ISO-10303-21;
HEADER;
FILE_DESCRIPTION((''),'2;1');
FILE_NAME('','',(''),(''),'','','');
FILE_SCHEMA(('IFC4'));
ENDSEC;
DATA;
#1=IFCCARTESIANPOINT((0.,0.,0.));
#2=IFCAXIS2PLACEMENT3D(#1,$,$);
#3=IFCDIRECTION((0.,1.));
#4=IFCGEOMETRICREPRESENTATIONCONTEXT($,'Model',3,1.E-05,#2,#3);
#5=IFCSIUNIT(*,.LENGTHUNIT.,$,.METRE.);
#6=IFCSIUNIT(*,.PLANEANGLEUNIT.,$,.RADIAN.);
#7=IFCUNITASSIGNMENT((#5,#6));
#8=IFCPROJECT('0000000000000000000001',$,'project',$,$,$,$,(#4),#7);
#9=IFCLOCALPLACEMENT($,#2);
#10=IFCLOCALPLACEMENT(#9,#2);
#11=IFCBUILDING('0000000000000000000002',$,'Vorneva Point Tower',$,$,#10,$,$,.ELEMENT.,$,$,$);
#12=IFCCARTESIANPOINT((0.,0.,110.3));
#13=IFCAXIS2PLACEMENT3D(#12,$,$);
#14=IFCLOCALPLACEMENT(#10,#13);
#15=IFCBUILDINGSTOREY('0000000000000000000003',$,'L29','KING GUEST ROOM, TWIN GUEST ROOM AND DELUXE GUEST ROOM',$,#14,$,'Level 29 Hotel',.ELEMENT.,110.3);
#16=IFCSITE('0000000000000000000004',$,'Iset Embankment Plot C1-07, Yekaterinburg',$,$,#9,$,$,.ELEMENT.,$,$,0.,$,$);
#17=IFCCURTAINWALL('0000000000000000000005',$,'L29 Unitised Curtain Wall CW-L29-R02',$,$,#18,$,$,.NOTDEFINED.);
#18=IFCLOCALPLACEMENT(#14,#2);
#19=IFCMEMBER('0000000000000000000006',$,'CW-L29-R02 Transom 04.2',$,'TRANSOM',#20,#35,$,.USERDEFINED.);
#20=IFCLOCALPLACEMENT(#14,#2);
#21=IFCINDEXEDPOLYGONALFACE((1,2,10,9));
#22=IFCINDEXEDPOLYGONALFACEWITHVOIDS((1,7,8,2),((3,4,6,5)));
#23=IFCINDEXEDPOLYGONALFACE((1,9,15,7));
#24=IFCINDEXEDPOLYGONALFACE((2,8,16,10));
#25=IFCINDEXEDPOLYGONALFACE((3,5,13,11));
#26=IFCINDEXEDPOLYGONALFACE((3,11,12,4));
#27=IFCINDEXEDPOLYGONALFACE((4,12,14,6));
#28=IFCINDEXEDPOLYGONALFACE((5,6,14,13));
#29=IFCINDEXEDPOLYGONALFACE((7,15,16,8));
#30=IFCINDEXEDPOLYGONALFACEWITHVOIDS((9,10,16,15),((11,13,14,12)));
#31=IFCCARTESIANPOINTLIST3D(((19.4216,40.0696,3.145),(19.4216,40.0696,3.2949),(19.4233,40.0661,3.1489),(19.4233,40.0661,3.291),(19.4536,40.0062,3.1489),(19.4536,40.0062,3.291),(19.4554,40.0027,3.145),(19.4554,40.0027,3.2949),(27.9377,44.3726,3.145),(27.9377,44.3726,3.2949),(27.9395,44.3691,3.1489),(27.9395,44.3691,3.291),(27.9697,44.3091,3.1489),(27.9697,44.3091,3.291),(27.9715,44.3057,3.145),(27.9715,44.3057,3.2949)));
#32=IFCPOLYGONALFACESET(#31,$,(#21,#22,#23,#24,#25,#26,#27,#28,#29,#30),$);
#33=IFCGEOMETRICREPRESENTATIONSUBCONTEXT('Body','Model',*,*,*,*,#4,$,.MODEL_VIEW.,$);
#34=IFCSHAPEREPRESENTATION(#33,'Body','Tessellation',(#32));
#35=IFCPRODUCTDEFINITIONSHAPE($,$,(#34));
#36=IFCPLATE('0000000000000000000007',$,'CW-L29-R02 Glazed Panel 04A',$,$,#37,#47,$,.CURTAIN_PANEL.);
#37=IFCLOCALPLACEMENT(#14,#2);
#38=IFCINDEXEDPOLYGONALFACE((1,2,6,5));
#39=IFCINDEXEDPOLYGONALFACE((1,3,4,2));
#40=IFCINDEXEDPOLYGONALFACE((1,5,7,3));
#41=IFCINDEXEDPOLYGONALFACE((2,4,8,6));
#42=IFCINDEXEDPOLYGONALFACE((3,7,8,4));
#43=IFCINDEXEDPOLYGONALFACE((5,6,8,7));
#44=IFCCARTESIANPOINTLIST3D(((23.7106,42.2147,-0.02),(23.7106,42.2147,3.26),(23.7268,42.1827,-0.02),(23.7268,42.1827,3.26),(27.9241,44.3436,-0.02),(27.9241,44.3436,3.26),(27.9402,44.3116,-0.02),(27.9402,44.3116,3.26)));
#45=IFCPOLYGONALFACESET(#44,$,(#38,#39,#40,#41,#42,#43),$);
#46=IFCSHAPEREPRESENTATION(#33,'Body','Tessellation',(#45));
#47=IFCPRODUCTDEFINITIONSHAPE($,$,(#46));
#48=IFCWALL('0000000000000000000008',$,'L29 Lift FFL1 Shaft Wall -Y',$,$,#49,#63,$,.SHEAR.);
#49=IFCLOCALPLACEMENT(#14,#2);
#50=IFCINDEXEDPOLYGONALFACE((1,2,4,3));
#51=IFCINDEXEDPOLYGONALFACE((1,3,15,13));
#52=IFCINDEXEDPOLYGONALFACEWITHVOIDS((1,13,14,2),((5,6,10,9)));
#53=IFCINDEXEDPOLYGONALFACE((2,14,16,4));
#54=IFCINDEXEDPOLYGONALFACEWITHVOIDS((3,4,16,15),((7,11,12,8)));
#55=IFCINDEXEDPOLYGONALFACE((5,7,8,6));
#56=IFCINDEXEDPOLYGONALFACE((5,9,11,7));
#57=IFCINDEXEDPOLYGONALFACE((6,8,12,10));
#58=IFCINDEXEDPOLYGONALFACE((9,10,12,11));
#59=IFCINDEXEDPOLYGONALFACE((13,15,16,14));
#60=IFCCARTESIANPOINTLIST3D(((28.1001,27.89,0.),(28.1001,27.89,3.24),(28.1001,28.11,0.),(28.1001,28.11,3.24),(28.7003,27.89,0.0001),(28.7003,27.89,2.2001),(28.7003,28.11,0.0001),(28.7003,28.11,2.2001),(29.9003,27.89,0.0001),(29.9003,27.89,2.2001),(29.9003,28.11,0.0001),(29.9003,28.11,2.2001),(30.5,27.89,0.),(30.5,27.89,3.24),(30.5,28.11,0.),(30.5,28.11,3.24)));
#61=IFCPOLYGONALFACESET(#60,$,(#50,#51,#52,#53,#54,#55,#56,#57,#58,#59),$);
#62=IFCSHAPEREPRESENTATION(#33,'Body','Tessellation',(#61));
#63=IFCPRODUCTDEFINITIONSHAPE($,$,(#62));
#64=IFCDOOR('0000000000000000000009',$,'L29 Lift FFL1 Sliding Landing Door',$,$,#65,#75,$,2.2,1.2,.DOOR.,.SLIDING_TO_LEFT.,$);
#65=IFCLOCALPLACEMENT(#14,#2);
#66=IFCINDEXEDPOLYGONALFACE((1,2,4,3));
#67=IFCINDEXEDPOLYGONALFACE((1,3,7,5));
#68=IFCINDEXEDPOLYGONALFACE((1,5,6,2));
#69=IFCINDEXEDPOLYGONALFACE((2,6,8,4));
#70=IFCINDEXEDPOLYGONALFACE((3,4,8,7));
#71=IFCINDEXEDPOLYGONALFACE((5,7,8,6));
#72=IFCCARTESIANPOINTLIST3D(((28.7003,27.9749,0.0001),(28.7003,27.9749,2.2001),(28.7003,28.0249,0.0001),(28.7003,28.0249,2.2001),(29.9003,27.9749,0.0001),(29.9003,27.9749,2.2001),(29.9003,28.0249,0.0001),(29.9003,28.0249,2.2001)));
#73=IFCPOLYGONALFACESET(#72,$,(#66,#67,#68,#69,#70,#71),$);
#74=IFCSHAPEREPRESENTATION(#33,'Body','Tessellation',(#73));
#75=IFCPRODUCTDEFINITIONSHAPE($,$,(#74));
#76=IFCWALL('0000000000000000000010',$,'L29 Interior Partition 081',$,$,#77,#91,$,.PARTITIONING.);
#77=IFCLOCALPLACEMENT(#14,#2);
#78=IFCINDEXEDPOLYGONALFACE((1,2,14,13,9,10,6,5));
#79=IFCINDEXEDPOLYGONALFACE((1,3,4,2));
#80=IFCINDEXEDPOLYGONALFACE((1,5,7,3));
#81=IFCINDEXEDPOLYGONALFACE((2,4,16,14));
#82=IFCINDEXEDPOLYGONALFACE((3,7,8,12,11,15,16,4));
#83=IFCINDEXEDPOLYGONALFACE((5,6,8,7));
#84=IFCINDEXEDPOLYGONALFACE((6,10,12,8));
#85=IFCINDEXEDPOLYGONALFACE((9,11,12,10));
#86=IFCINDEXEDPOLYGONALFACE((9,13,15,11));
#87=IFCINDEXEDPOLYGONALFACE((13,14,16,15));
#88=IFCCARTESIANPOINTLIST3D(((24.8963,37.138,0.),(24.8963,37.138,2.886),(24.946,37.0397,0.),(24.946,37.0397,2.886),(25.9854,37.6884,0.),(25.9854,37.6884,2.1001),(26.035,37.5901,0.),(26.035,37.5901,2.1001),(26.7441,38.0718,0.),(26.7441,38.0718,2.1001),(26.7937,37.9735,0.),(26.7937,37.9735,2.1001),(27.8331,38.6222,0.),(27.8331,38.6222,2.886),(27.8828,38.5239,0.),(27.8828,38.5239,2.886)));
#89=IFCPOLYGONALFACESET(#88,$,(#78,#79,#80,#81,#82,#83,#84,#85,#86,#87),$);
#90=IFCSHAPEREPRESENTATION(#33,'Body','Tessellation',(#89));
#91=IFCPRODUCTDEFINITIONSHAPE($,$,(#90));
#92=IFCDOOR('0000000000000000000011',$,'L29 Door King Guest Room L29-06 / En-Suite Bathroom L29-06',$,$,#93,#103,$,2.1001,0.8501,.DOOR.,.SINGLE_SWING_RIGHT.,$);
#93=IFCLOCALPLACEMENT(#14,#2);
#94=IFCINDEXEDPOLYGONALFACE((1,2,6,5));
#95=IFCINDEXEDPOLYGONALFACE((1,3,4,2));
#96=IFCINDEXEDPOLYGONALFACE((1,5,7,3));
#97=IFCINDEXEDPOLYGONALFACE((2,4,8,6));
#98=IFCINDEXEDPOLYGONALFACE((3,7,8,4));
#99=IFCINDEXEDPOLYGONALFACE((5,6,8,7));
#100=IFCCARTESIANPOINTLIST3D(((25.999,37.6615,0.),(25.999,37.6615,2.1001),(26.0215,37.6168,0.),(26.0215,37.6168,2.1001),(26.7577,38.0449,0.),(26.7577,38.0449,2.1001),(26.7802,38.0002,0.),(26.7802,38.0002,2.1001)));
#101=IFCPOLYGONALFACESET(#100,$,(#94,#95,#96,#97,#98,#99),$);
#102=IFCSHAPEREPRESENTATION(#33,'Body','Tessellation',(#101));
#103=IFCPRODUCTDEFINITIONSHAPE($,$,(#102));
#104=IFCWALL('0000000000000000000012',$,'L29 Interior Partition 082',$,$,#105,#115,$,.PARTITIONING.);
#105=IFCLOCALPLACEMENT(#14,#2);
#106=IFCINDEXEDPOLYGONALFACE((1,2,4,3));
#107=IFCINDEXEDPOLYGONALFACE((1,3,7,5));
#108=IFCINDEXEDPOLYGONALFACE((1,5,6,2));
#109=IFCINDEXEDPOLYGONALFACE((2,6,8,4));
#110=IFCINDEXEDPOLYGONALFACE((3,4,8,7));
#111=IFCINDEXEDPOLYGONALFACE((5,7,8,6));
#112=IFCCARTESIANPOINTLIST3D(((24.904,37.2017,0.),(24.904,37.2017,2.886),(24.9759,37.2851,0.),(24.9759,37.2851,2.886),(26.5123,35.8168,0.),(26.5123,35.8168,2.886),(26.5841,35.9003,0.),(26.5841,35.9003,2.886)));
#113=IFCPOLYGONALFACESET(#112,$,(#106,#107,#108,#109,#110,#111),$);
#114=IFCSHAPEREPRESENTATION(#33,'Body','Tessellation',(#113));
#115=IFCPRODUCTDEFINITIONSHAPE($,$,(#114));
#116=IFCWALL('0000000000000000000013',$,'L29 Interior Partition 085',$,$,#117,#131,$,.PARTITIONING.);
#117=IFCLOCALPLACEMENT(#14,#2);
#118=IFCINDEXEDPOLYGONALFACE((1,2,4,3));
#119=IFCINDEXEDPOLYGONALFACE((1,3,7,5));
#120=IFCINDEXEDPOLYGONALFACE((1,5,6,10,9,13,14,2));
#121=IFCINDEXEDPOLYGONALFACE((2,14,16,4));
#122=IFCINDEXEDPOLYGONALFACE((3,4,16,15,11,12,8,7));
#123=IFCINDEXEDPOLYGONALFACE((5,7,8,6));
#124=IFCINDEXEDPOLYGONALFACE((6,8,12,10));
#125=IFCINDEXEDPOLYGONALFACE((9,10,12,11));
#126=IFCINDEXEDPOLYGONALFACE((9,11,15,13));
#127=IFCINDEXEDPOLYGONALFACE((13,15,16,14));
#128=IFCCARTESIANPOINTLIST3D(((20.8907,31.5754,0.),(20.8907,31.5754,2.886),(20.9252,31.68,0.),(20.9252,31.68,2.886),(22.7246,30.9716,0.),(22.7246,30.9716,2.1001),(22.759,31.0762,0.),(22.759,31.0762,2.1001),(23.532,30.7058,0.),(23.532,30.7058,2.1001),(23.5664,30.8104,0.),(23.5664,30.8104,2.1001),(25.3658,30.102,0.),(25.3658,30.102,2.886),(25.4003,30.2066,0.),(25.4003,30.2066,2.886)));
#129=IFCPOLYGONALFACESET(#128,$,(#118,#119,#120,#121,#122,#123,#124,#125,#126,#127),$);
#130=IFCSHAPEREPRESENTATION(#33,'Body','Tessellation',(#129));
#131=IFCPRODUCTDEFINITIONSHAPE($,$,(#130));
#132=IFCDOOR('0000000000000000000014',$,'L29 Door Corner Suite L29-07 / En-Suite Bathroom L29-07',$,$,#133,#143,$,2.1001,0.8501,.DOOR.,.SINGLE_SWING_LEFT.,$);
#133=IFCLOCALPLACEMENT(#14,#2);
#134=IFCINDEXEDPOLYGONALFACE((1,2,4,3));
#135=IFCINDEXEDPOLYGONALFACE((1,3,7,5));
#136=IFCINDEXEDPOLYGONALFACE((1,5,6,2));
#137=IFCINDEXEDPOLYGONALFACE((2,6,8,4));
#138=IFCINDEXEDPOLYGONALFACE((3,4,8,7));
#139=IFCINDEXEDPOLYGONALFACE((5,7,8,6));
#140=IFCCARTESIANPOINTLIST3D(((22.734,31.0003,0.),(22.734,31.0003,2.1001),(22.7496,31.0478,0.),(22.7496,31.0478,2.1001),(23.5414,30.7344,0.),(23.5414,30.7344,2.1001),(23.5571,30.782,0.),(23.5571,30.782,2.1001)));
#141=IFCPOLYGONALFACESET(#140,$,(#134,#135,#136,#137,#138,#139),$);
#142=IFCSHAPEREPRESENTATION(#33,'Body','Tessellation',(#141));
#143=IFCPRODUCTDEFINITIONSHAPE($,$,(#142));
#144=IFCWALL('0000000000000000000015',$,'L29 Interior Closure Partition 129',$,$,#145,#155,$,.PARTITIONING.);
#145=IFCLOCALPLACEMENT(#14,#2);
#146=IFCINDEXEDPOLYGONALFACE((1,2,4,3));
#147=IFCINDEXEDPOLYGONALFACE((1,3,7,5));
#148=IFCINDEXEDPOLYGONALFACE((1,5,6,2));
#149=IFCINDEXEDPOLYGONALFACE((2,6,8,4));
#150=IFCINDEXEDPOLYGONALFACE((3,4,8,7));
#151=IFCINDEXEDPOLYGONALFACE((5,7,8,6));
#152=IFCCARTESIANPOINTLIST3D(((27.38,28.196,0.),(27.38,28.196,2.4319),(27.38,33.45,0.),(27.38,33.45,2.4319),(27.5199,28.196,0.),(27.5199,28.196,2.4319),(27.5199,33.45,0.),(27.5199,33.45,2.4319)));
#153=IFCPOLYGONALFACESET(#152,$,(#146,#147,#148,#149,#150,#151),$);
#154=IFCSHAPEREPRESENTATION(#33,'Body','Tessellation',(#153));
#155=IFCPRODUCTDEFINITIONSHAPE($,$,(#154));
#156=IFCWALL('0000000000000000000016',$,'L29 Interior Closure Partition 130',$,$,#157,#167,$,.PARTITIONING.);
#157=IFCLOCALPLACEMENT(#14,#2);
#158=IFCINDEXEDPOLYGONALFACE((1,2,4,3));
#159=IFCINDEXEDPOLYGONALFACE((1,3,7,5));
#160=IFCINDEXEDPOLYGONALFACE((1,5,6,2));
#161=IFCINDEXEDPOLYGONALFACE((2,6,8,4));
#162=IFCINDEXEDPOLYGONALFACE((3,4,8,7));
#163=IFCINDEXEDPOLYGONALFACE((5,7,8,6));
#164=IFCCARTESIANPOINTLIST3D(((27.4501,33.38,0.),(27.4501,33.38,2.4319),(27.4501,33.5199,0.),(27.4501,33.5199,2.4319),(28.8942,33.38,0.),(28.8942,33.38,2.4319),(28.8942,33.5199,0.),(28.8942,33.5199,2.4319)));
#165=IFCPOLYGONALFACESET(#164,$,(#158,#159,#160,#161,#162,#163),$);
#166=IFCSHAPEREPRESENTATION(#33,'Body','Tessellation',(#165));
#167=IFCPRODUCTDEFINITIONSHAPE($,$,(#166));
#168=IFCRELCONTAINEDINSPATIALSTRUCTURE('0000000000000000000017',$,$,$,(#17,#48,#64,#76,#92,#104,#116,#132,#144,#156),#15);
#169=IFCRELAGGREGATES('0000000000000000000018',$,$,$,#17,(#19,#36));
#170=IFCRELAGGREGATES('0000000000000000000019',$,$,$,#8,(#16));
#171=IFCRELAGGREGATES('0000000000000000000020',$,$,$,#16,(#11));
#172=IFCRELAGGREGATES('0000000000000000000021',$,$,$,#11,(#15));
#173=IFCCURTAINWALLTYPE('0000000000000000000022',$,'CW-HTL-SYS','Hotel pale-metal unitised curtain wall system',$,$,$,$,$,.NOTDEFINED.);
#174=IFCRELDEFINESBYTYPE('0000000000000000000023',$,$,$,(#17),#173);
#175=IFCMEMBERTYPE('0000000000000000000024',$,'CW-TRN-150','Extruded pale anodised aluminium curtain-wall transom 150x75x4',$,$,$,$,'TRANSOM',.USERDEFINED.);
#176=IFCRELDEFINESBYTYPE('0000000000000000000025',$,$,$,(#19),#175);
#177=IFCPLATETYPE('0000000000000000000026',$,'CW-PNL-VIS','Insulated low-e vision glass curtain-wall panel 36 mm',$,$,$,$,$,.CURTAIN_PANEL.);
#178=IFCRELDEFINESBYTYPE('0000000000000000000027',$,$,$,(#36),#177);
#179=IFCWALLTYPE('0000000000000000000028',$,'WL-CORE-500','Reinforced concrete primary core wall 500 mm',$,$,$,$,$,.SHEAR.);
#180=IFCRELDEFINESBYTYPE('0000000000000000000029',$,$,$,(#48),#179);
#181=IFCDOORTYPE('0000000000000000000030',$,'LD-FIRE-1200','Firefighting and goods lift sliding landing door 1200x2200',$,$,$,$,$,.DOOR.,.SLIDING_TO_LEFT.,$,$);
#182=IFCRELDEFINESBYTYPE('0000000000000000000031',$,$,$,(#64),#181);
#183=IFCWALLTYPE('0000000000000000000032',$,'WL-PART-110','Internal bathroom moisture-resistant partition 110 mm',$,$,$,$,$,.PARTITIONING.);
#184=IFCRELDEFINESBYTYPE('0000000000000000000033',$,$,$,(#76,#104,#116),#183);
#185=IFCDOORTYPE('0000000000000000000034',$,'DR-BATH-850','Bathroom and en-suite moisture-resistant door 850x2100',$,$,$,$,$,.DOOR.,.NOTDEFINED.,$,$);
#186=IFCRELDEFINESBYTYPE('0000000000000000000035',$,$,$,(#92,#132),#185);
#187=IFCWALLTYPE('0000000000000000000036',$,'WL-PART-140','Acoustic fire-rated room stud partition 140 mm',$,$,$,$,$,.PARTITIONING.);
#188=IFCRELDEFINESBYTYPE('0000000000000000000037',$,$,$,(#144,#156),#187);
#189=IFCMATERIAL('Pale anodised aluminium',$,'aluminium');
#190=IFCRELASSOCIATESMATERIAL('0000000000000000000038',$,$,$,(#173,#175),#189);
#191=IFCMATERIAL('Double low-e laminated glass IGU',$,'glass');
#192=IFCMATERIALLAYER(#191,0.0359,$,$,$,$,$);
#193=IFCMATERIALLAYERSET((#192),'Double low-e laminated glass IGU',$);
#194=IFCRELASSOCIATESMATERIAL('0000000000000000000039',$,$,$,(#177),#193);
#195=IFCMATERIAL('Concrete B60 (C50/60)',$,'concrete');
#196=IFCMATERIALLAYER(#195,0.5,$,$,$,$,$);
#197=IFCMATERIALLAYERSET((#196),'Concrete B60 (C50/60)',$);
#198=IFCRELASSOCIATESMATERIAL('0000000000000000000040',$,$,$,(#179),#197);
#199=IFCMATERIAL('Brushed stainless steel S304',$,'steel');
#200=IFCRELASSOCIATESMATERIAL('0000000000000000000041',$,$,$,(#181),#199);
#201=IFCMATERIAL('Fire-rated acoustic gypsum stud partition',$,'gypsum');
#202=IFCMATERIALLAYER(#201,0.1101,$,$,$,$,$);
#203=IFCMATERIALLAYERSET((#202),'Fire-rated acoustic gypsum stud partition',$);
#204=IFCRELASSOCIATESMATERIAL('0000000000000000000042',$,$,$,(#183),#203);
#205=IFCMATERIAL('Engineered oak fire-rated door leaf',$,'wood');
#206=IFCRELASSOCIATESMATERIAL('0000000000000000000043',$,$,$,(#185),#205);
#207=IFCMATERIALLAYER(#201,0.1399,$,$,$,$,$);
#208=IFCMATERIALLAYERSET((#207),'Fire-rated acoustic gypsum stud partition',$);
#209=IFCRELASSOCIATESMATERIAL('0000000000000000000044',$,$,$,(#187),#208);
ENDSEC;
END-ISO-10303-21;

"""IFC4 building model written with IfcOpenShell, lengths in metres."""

from ifc_helpers import new_model, si_unit, direction, frame, frame_2d, origin, origin_2d, place, context, subcontext, project, spatial, rectangle, hollow_rectangle, extrude, material, layer, layer_set, material_profile, profile_set, type_object, element, fill, aggregate, save


model = new_model("IFC4")

# Units and contexts
model_context = context("Model", 3, precision=1e-05, world=origin(), true_north=direction((0.0, 1.0)))
body_context = subcontext(model_context, "Body", "Model", "MODEL_VIEW")
ifc_project = project(units=[si_unit("LENGTHUNIT", "METRE"), si_unit("PLANEANGLEUNIT", "RADIAN")], contexts=[model_context])

# Site, building, storey
site_placement = place(None, origin())
site = spatial("IfcSite", under=ifc_project, at=site_placement, Name="Iset Embankment Plot C1-07, Yekaterinburg", CompositionType="ELEMENT", RefElevation=0.0)
building_placement = place(site_placement, origin())
building = spatial("IfcBuilding", under=site, at=building_placement, Name="Vorneva Point Tower", CompositionType="ELEMENT")
storey_placement = place(building_placement, frame((0.0, 0.0, 110.3)))
storey = spatial("IfcBuildingStorey", under=building, at=storey_placement, Name="L29", Description="KING GUEST ROOM, TWIN GUEST ROOM AND DELUXE GUEST ROOM", LongName="Level 29 Hotel", CompositionType="ELEMENT", Elevation=110.3)

# Shared definitions
ifc_material_1 = material(Name="Concrete B60 (C50/60)", Category="concrete")

# Curtain wall, member, plate
ifc_material_2 = material(Name="Pale anodised aluminium", Category="aluminium")
curtain_wall_type = type_object("IfcCurtainWallType", Name="CW-HTL-SYS", Description="Hotel pale-metal unitised curtain wall system", PredefinedType="NOTDEFINED", material=ifc_material_2)
curtain_wall_placement = place(storey_placement, origin())
curtain_wall = element("IfcCurtainWall", 1, at=curtain_wall_placement, inside=storey, type_object=curtain_wall_type, Name="L29 Unitised Curtain Wall CW-L29-R02", PredefinedType="NOTDEFINED")
ifc_material_profile_1 = material_profile(ifc_material_2, hollow_rectangle(XDim=0.075, YDim=0.1499, WallThickness=0.0039, at=origin_2d()), Name="AL-TRN 150x75x4")
ifc_profile_set_1 = profile_set([ifc_material_profile_1], Name="Pale anodised aluminium")
member_type_1 = type_object("IfcMemberType", Name="CW-TRN-150", Description="Extruded pale anodised aluminium curtain-wall transom 150x75x4", ElementType="TRANSOM", PredefinedType="USERDEFINED", material=ifc_profile_set_1)
member_1_placement = place(storey_placement, frame((27.9546, 44.3391, 3.22), z_axis=(-0.892536, -0.450976, 0.0), x_axis=(0.450976, -0.892536, 0.0)))
member_1 = element("IfcMember", 2, at=member_1_placement, type_object=member_type_1, Name="CW-L29-R02 Transom 04.2", ObjectType="TRANSOM", PredefinedType="USERDEFINED", context=body_context, shape_type="SweptSolid", body=[
    extrude(hollow_rectangle(XDim=0.075, YDim=0.1499, WallThickness=0.0039, at=origin_2d()), origin(), (0.0, 0.0, 1.0), 9.5415),
])
ifc_material_3 = material(Name="Double low-e laminated glass IGU", Category="glass")
ifc_layer_1 = layer(ifc_material_3, 0.0359)
ifc_layer_set_1 = layer_set([ifc_layer_1], Name="Double low-e laminated glass IGU")
plate_type = type_object("IfcPlateType", Name="CW-PNL-VIS", Description="Insulated low-e vision glass curtain-wall panel 36 mm", PredefinedType="CURTAIN_PANEL", material=ifc_layer_set_1)
plate_placement = place(storey_placement, frame((25.8254, 43.2632, -0.02), z_axis=(0.0, 0.0, 1.0), x_axis=(-0.892539, -0.450971, 0.0)))
plate = element("IfcPlate", 3, at=plate_placement, type_object=plate_type, Name="CW-L29-R02 Glazed Panel 04A", PredefinedType="CURTAIN_PANEL", context=body_context, shape_type="SweptSolid", body=[
    extrude(rectangle(XDim=4.7207, YDim=0.0359, at=origin_2d()), origin(), (0.0, 0.0, 1.0), 3.28),
])
aggregate(curtain_wall, [member_1, plate])

# Walls, openings, doors
ifc_layer_2 = layer(ifc_material_1, 0.5)
ifc_layer_set_2 = layer_set([ifc_layer_2], Name="Concrete B60 (C50/60)")
wall_type_1 = type_object("IfcWallType", Name="WL-CORE-500", Description="Reinforced concrete primary core wall 500 mm", PredefinedType="SHEAR", material=ifc_layer_set_2)
wall_1_placement = place(storey_placement, frame((28.1001, 28.0, 0.0), z_axis=(0.0, 0.0, 1.0), x_axis=(1.0, 0.0, 0.0)))
wall_1 = element("IfcWall", 4, at=wall_1_placement, inside=storey, type_object=wall_type_1, Name="L29 Lift FFL1 Shaft Wall -Y", PredefinedType="SHEAR", context=body_context, shape_type="SweptSolid", body=[
    extrude(rectangle(XDim=2.3999, YDim=0.22, at=frame_2d((1.2, 0.0))), origin(), (0.0, 0.0, 1.0), 3.24),
])
opening_1_placement = place(wall_1_placement, frame((0.6001, 0.0, 0.0)))
opening_1 = element("IfcOpeningElement", 5, at=opening_1_placement, cuts=wall_1, PredefinedType="OPENING", context=body_context, shape_type="SweptSolid", body=[
    extrude(rectangle(XDim=1.2, YDim=2.2, at=frame_2d((0.6001, 1.1001))), frame((0.0, 0.125, 0.0), z_axis=(0.0, -1.0, 0.0), x_axis=(1.0, 0.0, 0.0)), (0.0, 0.0, 1.0), 0.2498),
])
ifc_material_4 = material(Name="Brushed stainless steel S304", Category="steel")
door_type_1 = type_object("IfcDoorType", Name="LD-FIRE-1200", Description="Firefighting and goods lift sliding landing door 1200x2200", OperationType="SLIDING_TO_LEFT", PredefinedType="DOOR", material=ifc_material_4)
door_1_placement = place(opening_1_placement, origin())
door_1 = element("IfcDoor", 6, at=door_1_placement, inside=storey, type_object=door_type_1, Name="L29 Lift FFL1 Sliding Landing Door", OperationType="SLIDING_TO_LEFT", OverallHeight=2.2, OverallWidth=1.2, PredefinedType="DOOR", context=body_context, shape_type="SweptSolid", body=[
    extrude(rectangle(XDim=1.2, YDim=2.2, at=frame_2d((0.6001, 1.1001))), frame((0.0, 0.0249, 0.0), z_axis=(0.0, -1.0, 0.0), x_axis=(1.0, 0.0, 0.0)), (0.0, 0.0, 1.0), 0.05),
])
fill(opening_1, door_1)
ifc_material_5 = material(Name="Fire-rated acoustic gypsum stud partition", Category="gypsum")
ifc_layer_3 = layer(ifc_material_5, 0.1101)
ifc_layer_set_3 = layer_set([ifc_layer_3], Name="Fire-rated acoustic gypsum stud partition")
wall_type_2 = type_object("IfcWallType", Name="WL-PART-110", Description="Internal bathroom moisture-resistant partition 110 mm", PredefinedType="PARTITIONING", material=ifc_layer_set_3)
wall_2_placement = place(storey_placement, frame((24.9211, 37.0889, 0.0), z_axis=(0.0, 0.0, 1.0), x_axis=(0.892505, 0.451038, 0.0)))
wall_2 = element("IfcWall", 7, at=wall_2_placement, inside=storey, type_object=wall_type_2, Name="L29 Interior Partition 081", PredefinedType="PARTITIONING", context=body_context, shape_type="SweptSolid", body=[
    extrude(rectangle(XDim=3.2905, YDim=0.1101, at=frame_2d((1.6453, 0.0))), origin(), (0.0, 0.0, 1.0), 2.886),
])
opening_2_placement = place(wall_2_placement, frame((1.2202, 0.0, 0.0)))
opening_2 = element("IfcOpeningElement", 8, at=opening_2_placement, cuts=wall_2, PredefinedType="OPENING", context=body_context, shape_type="SweptSolid", body=[
    extrude(rectangle(XDim=0.8501, YDim=2.1001, at=frame_2d((0.425, 1.05))), frame((0.0, 0.0698, 0.0), z_axis=(0.0, -1.0, 0.0), x_axis=(1.0, 0.0, 0.0)), (0.0, 0.0, 1.0), 0.1399),
])
ifc_material_6 = material(Name="Engineered oak fire-rated door leaf", Category="wood")
door_type_2 = type_object("IfcDoorType", Name="DR-BATH-850", Description="Bathroom and en-suite moisture-resistant door 850x2100", OperationType="NOTDEFINED", PredefinedType="DOOR", material=ifc_material_6)
door_2_placement = place(opening_2_placement, origin())
door_2 = element("IfcDoor", 9, at=door_2_placement, inside=storey, type_object=door_type_2, Name="L29 Door King Guest Room L29-06 / En-Suite Bathroom L29-06", OperationType="SINGLE_SWING_RIGHT", OverallHeight=2.1001, OverallWidth=0.8501, PredefinedType="DOOR", context=body_context, shape_type="SweptSolid", body=[
    extrude(rectangle(XDim=0.8501, YDim=2.1001, at=frame_2d((0.425, 1.05))), frame((0.0, 0.0249, 0.0), z_axis=(0.0, -1.0, 0.0), x_axis=(1.0, 0.0, 0.0)), (0.0, 0.0, 1.0), 0.05),
])
fill(opening_2, door_2)

# Wall
wall_3_placement = place(storey_placement, frame((26.5481, 35.8586, 0.0), z_axis=(0.0, 0.0, 1.0), x_axis=(-0.757777, 0.652514, 0.0)))
element("IfcWall", 10, at=wall_3_placement, inside=storey, type_object=wall_type_2, Name="L29 Interior Partition 082", PredefinedType="PARTITIONING", context=body_context, shape_type="SweptSolid", body=[
    extrude(rectangle(XDim=2.1223, YDim=0.1101, at=frame_2d((1.061, 0.0))), origin(), (0.0, 0.0, 1.0), 2.886),
])

# Wall, opening, door
wall_4_placement = place(storey_placement, frame((25.3831, 30.1543, 0.0), z_axis=(0.0, 0.0, 1.0), x_axis=(-0.949843, 0.312728, 0.0)))
wall_4 = element("IfcWall", 11, at=wall_4_placement, inside=storey, type_object=wall_type_2, Name="L29 Interior Partition 085", PredefinedType="PARTITIONING", context=body_context, shape_type="SweptSolid", body=[
    extrude(rectangle(XDim=4.7114, YDim=0.1101, at=frame_2d((2.3557, 0.0))), origin(), (0.0, 0.0, 1.0), 2.886),
])
opening_3_placement = place(wall_4_placement, frame((1.9307, 0.0, 0.0)))
opening_3 = element("IfcOpeningElement", 12, at=opening_3_placement, cuts=wall_4, PredefinedType="OPENING", context=body_context, shape_type="SweptSolid", body=[
    extrude(rectangle(XDim=0.8501, YDim=2.1001, at=frame_2d((0.425, 1.05))), frame((0.0, 0.0698, 0.0), z_axis=(0.0, -1.0, 0.0), x_axis=(1.0, 0.0, 0.0)), (0.0, 0.0, 1.0), 0.1399),
])
door_3_placement = place(opening_3_placement, origin())
door_3 = element("IfcDoor", 13, at=door_3_placement, inside=storey, type_object=door_type_2, Name="L29 Door Corner Suite L29-07 / En-Suite Bathroom L29-07", OperationType="SINGLE_SWING_LEFT", OverallHeight=2.1001, OverallWidth=0.8501, PredefinedType="DOOR", context=body_context, shape_type="SweptSolid", body=[
    extrude(rectangle(XDim=0.8501, YDim=2.1001, at=frame_2d((0.425, 1.05))), frame((0.0, 0.0249, 0.0), z_axis=(0.0, -1.0, 0.0), x_axis=(1.0, 0.0, 0.0)), (0.0, 0.0, 1.0), 0.05),
])
fill(opening_3, door_3)

# Walls
ifc_layer_4 = layer(ifc_material_5, 0.1399)
ifc_layer_set_4 = layer_set([ifc_layer_4], Name="Fire-rated acoustic gypsum stud partition")
wall_type_3 = type_object("IfcWallType", Name="WL-PART-140", Description="Acoustic fire-rated room stud partition 140 mm", PredefinedType="PARTITIONING", material=ifc_layer_set_4)
wall_5_placement = place(storey_placement, frame((27.45, 28.196, 0.0), z_axis=(0.0, 0.0, 1.0), x_axis=(0.0, 1.0, 0.0)))
element("IfcWall", 14, at=wall_5_placement, inside=storey, type_object=wall_type_3, Name="L29 Interior Closure Partition 129", PredefinedType="PARTITIONING", context=body_context, shape_type="SweptSolid", body=[
    extrude(rectangle(XDim=5.2539, YDim=0.1399, at=frame_2d((2.627, 0.0))), origin(), (0.0, 0.0, 1.0), 2.4319),
])
wall_6_placement = place(storey_placement, frame((27.45, 33.45, 0.0), z_axis=(0.0, 0.0, 1.0), x_axis=(1.0, 0.0, 0.0)))
element("IfcWall", 15, at=wall_6_placement, inside=storey, type_object=wall_type_3, Name="L29 Interior Closure Partition 130", PredefinedType="PARTITIONING", context=body_context, shape_type="SweptSolid", body=[
    extrude(rectangle(XDim=1.4441, YDim=0.1399, at=frame_2d((0.7222, 0.0))), origin(), (0.0, 0.0, 1.0), 2.4319),
])

save(model, "model.ifc")
